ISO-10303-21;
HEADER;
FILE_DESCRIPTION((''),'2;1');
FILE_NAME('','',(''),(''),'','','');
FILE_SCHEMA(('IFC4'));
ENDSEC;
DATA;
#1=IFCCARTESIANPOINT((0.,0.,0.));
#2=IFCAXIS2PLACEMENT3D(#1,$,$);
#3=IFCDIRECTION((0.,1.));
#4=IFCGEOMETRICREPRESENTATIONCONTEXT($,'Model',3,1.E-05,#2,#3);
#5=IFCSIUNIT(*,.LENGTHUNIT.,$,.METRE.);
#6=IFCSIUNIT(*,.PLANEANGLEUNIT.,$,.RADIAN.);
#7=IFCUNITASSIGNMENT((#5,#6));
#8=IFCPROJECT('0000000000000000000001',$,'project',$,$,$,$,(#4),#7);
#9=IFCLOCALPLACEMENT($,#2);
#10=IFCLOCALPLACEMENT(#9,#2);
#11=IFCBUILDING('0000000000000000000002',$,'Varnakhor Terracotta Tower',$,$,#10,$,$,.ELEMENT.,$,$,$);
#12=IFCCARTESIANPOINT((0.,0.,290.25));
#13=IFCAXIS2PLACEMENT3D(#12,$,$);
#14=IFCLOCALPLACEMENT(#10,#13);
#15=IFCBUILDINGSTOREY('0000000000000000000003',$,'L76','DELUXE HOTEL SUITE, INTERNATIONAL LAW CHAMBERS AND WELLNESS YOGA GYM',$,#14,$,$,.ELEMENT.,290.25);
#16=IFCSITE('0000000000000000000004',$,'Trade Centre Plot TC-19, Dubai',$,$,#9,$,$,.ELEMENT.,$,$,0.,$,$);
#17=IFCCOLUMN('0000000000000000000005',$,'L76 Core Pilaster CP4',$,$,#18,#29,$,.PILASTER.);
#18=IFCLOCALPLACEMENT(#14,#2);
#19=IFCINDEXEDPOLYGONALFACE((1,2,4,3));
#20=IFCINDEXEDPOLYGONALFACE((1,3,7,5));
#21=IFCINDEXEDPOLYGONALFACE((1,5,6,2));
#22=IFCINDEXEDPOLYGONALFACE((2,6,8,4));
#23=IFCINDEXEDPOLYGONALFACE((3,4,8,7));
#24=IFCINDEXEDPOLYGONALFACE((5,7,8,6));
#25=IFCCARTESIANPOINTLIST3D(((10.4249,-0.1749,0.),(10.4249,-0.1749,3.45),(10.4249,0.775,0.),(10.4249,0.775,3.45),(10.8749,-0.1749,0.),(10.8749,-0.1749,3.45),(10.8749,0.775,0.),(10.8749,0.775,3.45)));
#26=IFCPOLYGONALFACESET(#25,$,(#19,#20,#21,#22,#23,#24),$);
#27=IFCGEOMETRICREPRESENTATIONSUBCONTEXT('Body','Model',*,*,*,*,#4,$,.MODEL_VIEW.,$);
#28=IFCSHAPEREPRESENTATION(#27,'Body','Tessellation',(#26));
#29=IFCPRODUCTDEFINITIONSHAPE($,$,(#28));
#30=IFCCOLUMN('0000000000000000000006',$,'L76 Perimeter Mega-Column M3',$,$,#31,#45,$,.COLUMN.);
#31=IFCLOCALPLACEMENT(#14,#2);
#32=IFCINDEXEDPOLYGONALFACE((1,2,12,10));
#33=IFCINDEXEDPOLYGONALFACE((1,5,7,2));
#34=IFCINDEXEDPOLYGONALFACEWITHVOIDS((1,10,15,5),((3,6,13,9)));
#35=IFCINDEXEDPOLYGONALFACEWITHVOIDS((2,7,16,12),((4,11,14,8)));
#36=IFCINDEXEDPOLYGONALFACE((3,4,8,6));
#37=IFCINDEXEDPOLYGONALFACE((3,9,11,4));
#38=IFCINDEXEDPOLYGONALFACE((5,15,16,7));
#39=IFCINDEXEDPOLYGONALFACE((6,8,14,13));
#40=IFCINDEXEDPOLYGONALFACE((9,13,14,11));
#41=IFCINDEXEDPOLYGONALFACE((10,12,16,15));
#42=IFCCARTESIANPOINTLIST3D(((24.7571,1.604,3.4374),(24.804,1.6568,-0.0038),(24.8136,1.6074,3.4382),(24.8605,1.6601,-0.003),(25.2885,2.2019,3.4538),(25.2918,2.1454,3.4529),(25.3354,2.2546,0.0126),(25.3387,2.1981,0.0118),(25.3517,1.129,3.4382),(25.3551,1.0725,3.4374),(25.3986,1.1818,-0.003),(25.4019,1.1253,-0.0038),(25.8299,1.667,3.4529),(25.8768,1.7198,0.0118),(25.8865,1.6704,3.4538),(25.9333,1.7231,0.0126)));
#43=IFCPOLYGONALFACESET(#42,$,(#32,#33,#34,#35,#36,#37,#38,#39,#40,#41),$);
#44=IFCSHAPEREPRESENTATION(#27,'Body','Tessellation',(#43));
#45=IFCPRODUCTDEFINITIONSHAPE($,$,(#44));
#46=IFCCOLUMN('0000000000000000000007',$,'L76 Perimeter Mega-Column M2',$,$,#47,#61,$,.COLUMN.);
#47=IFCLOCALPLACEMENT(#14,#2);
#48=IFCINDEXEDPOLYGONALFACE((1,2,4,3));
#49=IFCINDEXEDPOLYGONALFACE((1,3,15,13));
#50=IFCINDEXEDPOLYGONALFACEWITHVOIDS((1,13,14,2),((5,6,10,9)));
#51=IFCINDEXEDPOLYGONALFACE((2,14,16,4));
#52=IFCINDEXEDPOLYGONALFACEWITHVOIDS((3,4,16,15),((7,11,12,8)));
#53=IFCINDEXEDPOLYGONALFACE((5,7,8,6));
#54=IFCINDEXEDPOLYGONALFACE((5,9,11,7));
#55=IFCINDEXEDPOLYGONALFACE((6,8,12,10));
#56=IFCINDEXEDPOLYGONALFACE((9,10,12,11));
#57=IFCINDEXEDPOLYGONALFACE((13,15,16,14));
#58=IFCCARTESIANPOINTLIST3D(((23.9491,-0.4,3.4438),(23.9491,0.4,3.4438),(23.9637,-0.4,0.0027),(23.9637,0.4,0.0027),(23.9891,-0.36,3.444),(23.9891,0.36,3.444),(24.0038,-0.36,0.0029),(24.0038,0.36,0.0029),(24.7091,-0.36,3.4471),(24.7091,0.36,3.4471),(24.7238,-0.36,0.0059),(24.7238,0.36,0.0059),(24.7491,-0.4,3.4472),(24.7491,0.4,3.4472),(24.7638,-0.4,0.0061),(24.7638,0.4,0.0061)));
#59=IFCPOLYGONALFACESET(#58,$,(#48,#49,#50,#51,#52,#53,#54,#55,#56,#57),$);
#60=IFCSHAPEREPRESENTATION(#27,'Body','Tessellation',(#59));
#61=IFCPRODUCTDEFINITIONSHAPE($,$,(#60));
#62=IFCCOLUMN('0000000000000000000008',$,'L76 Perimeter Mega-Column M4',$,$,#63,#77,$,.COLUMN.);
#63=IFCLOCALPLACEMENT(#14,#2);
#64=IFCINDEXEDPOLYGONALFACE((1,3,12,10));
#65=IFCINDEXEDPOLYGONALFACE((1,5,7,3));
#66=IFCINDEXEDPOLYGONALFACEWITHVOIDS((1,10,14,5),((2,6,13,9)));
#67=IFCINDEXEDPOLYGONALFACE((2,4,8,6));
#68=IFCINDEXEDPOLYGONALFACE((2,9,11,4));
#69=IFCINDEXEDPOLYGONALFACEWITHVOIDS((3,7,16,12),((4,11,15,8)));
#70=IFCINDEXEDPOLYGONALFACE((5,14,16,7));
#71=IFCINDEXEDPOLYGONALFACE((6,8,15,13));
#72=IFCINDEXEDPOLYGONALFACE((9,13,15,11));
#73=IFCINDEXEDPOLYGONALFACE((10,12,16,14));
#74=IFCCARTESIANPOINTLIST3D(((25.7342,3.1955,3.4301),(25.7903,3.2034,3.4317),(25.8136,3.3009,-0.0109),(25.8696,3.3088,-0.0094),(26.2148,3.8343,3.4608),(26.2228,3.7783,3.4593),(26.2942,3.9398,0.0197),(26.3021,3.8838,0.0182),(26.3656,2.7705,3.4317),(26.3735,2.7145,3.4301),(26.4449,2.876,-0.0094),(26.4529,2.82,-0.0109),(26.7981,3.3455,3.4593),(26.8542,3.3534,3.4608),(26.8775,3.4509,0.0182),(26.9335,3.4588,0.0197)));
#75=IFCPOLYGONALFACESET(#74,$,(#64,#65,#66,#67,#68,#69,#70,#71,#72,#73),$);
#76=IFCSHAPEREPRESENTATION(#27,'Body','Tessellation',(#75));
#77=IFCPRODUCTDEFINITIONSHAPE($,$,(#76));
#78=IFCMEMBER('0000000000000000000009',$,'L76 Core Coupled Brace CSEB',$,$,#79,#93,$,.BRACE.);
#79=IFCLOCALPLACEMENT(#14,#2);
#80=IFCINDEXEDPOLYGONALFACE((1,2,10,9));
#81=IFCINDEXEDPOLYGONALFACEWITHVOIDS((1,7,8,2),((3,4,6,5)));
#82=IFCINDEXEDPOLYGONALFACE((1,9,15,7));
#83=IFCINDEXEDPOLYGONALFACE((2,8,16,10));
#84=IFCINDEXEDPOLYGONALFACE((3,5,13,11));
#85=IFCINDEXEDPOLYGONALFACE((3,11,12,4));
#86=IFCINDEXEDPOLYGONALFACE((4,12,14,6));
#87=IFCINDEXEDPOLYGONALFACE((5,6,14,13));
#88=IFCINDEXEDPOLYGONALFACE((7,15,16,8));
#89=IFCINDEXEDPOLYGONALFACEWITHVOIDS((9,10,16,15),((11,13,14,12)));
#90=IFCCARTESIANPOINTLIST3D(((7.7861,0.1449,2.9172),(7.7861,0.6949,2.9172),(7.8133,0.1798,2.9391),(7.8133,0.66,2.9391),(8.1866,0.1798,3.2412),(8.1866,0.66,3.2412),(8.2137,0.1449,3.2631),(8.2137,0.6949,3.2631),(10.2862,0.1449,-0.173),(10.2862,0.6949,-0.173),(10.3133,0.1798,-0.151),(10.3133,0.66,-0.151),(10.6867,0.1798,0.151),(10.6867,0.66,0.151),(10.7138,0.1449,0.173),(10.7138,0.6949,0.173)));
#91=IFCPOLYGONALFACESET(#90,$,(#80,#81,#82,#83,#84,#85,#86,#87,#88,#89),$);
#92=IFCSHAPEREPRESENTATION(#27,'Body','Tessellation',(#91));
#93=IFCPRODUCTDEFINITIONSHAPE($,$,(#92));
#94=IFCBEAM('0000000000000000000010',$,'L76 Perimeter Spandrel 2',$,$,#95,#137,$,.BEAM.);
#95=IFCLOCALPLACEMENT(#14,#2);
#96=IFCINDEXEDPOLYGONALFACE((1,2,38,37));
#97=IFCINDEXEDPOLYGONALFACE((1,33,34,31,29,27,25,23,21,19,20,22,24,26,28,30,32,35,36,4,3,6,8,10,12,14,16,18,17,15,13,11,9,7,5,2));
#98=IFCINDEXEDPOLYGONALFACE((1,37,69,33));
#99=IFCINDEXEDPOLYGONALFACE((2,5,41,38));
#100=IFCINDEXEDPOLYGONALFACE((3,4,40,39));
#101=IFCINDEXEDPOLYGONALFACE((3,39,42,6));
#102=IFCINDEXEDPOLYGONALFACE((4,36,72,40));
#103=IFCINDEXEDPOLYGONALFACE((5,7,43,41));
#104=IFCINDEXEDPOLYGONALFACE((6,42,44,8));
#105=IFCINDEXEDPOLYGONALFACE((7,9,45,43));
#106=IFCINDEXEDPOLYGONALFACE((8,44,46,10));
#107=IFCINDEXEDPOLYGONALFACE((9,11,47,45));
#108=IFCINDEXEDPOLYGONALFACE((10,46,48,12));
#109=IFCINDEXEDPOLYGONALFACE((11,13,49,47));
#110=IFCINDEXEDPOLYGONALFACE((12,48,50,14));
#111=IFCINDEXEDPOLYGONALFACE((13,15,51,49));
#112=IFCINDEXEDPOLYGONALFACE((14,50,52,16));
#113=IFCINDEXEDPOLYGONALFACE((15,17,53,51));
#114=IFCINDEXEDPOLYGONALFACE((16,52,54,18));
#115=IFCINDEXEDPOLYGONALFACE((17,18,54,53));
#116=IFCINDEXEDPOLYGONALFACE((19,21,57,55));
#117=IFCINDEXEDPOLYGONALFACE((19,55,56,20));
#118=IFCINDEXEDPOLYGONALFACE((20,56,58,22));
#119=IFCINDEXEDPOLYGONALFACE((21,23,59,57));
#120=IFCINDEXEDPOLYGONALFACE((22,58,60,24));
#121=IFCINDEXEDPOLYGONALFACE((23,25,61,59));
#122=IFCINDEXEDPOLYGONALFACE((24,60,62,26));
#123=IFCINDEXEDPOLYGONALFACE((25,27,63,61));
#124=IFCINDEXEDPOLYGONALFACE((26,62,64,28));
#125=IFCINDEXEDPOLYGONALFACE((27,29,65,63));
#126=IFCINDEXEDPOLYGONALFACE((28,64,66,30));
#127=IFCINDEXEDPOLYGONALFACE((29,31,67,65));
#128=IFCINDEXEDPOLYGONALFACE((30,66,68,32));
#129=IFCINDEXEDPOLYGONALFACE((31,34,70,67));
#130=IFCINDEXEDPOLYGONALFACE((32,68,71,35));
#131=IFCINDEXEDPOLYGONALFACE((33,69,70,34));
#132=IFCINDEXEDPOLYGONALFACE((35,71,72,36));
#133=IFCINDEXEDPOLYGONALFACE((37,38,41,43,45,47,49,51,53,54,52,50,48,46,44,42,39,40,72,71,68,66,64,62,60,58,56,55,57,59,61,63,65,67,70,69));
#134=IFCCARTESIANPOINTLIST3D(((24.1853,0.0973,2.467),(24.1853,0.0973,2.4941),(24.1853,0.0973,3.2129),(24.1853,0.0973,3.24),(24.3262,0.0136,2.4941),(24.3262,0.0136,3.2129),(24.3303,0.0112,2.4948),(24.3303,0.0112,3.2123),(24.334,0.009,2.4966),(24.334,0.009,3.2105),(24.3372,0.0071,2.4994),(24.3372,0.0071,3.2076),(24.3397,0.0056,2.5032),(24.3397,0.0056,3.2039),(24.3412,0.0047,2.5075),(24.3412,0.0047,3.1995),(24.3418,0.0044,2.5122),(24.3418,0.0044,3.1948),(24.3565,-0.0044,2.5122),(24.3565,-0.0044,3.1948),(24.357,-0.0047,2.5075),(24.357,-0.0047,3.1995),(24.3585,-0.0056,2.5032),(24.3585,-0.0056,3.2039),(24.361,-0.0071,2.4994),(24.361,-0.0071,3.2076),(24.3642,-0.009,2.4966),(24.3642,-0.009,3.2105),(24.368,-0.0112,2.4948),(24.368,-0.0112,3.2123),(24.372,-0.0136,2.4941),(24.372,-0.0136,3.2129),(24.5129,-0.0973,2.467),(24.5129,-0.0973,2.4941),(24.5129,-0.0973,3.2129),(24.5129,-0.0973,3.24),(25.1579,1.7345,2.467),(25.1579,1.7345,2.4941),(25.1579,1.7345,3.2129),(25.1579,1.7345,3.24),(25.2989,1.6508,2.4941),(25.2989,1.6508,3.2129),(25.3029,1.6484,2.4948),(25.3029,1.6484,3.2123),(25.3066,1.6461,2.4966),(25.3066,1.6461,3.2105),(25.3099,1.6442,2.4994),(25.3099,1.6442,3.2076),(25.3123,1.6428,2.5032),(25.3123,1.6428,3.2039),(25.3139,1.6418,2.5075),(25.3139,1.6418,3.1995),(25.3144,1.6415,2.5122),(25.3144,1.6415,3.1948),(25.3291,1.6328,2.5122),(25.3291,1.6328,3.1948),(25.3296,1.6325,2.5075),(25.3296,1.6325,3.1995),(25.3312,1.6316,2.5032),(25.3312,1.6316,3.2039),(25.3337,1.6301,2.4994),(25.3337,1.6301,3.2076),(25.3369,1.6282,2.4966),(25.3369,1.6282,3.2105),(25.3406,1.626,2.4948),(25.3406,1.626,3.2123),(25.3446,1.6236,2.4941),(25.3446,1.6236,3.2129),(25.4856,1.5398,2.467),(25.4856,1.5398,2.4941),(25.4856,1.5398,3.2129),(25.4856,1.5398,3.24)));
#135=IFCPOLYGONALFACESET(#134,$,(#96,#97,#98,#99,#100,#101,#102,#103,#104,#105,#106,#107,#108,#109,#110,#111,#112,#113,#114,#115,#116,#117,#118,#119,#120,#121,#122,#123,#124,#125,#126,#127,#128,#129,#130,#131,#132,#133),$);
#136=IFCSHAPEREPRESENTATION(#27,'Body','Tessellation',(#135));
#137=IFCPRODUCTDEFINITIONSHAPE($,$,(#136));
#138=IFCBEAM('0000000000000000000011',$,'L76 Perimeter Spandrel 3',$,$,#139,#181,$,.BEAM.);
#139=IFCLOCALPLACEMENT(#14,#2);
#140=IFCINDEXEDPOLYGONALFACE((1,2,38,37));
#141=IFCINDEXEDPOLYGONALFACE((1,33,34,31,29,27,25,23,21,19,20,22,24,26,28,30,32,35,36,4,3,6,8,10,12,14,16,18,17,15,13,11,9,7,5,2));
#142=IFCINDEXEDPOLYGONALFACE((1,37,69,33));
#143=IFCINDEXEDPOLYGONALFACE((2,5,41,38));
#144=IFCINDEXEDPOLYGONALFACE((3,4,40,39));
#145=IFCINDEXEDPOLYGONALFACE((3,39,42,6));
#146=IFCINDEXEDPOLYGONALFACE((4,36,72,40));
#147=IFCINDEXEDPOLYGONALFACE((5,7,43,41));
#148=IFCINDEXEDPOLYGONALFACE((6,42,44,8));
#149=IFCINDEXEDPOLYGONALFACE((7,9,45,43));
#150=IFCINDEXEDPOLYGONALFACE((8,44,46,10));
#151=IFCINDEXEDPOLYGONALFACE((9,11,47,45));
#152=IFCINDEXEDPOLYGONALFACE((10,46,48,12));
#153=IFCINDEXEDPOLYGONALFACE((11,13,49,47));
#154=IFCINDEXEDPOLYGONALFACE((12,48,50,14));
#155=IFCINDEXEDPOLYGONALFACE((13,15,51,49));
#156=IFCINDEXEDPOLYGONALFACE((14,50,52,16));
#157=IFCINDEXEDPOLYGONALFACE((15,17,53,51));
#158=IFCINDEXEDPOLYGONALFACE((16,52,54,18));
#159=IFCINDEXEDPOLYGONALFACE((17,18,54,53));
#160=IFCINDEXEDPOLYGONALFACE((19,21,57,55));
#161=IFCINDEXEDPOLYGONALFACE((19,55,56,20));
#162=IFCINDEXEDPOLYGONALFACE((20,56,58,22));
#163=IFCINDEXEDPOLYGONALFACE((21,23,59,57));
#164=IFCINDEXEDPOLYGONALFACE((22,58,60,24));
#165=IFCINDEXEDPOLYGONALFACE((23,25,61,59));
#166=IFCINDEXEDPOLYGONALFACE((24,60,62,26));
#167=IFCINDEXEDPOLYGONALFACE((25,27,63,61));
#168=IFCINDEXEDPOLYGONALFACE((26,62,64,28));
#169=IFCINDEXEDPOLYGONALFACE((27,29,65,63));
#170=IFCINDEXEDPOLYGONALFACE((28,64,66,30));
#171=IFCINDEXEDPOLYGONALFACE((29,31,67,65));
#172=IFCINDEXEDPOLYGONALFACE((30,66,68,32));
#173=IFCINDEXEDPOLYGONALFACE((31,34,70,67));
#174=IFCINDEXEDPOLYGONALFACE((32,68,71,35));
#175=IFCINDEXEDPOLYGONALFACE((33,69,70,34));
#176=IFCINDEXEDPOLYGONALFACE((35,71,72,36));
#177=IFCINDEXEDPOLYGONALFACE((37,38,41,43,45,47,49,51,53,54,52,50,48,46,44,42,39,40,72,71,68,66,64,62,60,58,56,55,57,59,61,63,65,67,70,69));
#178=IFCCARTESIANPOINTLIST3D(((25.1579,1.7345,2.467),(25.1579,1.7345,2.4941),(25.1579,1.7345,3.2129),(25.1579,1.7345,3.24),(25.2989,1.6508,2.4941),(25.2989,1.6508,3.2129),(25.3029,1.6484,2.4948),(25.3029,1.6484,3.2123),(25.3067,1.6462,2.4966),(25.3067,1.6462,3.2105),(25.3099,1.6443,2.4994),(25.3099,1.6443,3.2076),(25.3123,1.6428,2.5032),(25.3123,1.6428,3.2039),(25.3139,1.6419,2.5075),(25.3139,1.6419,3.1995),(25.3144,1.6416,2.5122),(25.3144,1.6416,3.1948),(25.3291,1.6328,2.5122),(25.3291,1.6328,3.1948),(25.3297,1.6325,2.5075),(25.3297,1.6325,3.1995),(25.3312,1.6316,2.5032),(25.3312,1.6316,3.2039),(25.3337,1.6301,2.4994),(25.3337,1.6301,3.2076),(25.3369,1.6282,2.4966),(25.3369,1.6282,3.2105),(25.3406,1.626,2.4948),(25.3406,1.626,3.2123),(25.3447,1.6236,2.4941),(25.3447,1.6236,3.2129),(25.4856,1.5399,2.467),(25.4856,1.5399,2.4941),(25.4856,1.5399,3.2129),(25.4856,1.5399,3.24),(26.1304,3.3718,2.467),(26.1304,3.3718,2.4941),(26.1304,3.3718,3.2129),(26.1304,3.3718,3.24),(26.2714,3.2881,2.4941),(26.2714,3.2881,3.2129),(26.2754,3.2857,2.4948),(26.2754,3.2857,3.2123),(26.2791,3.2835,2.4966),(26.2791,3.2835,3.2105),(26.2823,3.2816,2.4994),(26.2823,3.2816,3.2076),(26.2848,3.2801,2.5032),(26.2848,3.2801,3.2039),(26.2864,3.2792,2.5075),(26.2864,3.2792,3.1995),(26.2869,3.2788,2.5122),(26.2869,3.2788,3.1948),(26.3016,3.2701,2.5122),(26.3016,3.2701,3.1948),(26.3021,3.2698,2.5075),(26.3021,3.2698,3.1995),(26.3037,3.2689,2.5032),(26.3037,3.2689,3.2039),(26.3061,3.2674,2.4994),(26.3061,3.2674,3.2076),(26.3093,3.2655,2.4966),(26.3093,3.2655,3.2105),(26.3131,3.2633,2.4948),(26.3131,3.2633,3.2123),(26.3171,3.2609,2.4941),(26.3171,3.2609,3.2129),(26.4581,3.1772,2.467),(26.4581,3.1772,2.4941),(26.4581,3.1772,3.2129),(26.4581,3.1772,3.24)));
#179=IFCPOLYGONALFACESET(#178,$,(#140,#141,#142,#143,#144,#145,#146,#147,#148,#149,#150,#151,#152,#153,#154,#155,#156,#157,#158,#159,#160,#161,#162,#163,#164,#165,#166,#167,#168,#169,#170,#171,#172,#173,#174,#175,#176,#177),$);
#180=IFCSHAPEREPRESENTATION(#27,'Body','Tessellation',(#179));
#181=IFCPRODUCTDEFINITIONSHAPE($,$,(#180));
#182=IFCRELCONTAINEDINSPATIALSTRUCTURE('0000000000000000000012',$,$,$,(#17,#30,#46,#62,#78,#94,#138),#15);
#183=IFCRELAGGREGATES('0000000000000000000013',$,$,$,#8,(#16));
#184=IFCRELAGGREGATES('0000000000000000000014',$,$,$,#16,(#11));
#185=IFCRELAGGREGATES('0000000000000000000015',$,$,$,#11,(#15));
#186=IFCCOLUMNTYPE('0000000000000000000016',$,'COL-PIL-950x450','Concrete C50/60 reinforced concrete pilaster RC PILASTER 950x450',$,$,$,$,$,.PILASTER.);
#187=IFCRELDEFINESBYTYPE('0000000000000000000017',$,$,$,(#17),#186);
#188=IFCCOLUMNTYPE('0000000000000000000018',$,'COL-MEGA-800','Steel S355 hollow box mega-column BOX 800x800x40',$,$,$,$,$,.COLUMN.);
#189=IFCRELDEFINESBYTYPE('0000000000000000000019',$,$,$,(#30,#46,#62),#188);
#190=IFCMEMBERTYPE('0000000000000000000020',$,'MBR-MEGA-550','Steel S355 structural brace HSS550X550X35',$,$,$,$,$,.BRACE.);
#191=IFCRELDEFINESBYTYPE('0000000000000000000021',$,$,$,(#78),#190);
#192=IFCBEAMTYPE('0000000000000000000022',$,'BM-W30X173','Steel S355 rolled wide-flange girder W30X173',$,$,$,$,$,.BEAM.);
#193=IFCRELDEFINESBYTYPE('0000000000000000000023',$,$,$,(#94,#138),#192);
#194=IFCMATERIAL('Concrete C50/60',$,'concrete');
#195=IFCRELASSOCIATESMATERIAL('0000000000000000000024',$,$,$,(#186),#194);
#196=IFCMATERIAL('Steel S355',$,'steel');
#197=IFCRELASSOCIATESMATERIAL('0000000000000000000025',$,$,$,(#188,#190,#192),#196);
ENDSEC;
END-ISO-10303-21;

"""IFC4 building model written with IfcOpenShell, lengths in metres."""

from ifc_helpers import new_model, si_unit, direction, frame, origin, origin_2d, place, context, subcontext, project, spatial, rectangle, hollow_rectangle, i_section, extrude, source, transform, mapped, material, material_profile, profile_set, type_object, element, save


model = new_model("IFC4")

# Units and contexts
model_context = context("Model", 3, precision=1e-05, world=origin(), true_north=direction((0.0, 1.0)))
body_context = subcontext(model_context, "Body", "Model", "MODEL_VIEW")
ifc_project = project(units=[si_unit("LENGTHUNIT", "METRE"), si_unit("PLANEANGLEUNIT", "RADIAN")], contexts=[model_context])

# Site, building, storey
site_placement = place(None, origin())
site = spatial("IfcSite", under=ifc_project, at=site_placement, Name="Trade Centre Plot TC-19, Dubai", CompositionType="ELEMENT", RefElevation=0.0)
building_placement = place(site_placement, origin())
building = spatial("IfcBuilding", under=site, at=building_placement, Name="Varnakhor Terracotta Tower", CompositionType="ELEMENT")
storey_placement = place(building_placement, frame((0.0, 0.0, 290.25)))
storey = spatial("IfcBuildingStorey", under=building, at=storey_placement, Name="L76", Description="DELUXE HOTEL SUITE, INTERNATIONAL LAW CHAMBERS AND WELLNESS YOGA GYM", CompositionType="ELEMENT", Elevation=290.25)

# Columns
ifc_material_1 = material(Name="Concrete C50/60", Category="concrete")
ifc_material_profile_1 = material_profile(ifc_material_1, rectangle(XDim=0.45, YDim=0.95, at=origin_2d()), Name="RC PILASTER 950x450")
ifc_profile_set_1 = profile_set([ifc_material_profile_1], Name="Concrete C50/60")
column_type_1 = type_object("IfcColumnType", Name="COL-PIL-950x450", Description="Concrete C50/60 reinforced concrete pilaster RC PILASTER 950x450", PredefinedType="PILASTER", material=ifc_profile_set_1)
shared_shape_1 = source(origin(), body_context, "Body", "SweptSolid", [
    extrude(rectangle(XDim=0.45, YDim=0.95, at=origin_2d()), origin(), (0.0, 0.0, 1.0), 3.45),
])
column_1_placement = place(storey_placement, frame((10.6499, 0.3, 0.0), z_axis=(0.0, 0.0, 1.0), x_axis=(1.0, 0.0, 0.0)))
element("IfcColumn", 1, at=column_1_placement, inside=storey, type_object=column_type_1, Name="L76 Core Pilaster CP4", PredefinedType="PILASTER", context=body_context, shape_type="MappedRepresentation", body=[
    mapped(shared_shape_1, transform((0.0, 0.0, 0.0), scale=1.0)),
])
ifc_material_2 = material(Name="Steel S355", Category="steel")
ifc_material_profile_2 = material_profile(ifc_material_2, hollow_rectangle(XDim=0.8, YDim=0.8, WallThickness=0.04, at=origin_2d()), Name="BOX 800x800x40")
ifc_profile_set_2 = profile_set([ifc_material_profile_2], Name="Steel S355")
column_type_2 = type_object("IfcColumnType", Name="COL-MEGA-800", Description="Steel S355 hollow box mega-column BOX 800x800x40", PredefinedType="COLUMN", material=ifc_profile_set_2)
shared_shape_2 = source(origin(), body_context, "Body", "SweptSolid", [
    extrude(hollow_rectangle(XDim=0.8, YDim=0.8, WallThickness=0.04, at=origin_2d()), origin(), (0.0, 0.0, 1.0), 3.4419),
])
column_2_placement = place(storey_placement, frame((25.3687, 1.6899, 0.0044), z_axis=(-0.013619, -0.015321, 0.99979), x_axis=(0.747409, -0.664364, 0.0)))
element("IfcColumn", 2, at=column_2_placement, inside=storey, type_object=column_type_2, Name="L76 Perimeter Mega-Column M3", PredefinedType="COLUMN", context=body_context, shape_type="MappedRepresentation", body=[
    mapped(shared_shape_2, transform((0.0, 0.0, 0.0), scale=1.0)),
])
shared_shape_3 = source(origin(), body_context, "Body", "SweptSolid", [
    extrude(hollow_rectangle(XDim=0.8, YDim=0.8, WallThickness=0.04, at=origin_2d()), origin(), (0.0, 0.0, 1.0), 3.4412),
])
column_3_placement = place(storey_placement, frame((24.3638, 0.0, 0.0044), z_axis=(-0.004257, 0.0, 0.999991), x_axis=(0.0, -1.0, 0.0)))
element("IfcColumn", 3, at=column_3_placement, inside=storey, type_object=column_type_2, Name="L76 Perimeter Mega-Column M2", PredefinedType="COLUMN", context=body_context, shape_type="MappedRepresentation", body=[
    mapped(shared_shape_3, transform((0.0, 0.0, 0.0), scale=1.0)),
])
shared_shape_4 = source(origin(), body_context, "Body", "SweptSolid", [
    extrude(hollow_rectangle(XDim=0.8, YDim=0.8, WallThickness=0.04, at=origin_2d()), origin(), (0.0, 0.0, 1.0), 3.4436),
])
column_4_placement = place(storey_placement, frame((26.3735, 3.3799, 0.0044), z_axis=(-0.023041, -0.030627, 0.999265), x_axis=(0.799111, -0.601183, 0.0)))
element("IfcColumn", 4, at=column_4_placement, inside=storey, type_object=column_type_2, Name="L76 Perimeter Mega-Column M4", PredefinedType="COLUMN", context=body_context, shape_type="MappedRepresentation", body=[
    mapped(shared_shape_4, transform((0.0, 0.0, 0.0), scale=1.0)),
])

# Member
ifc_material_profile_3 = material_profile(ifc_material_2, hollow_rectangle(XDim=0.55, YDim=0.55, WallThickness=0.0349, at=origin_2d()), Name="HSS550X550X35")
ifc_profile_set_3 = profile_set([ifc_material_profile_3], Name="Steel S355")
member_type_1 = type_object("IfcMemberType", Name="MBR-MEGA-550", Description="Steel S355 structural brace HSS550X550X35", PredefinedType="BRACE", material=ifc_profile_set_3)
shared_shape_5 = source(origin(), body_context, "Body", "SweptSolid", [
    extrude(hollow_rectangle(XDim=0.55, YDim=0.55, WallThickness=0.0349, at=origin_2d()), origin(), (0.0, 0.0, 1.0), 3.9749),
])
member_1_placement = place(storey_placement, frame((10.5, 0.4199, 0.0), z_axis=(-0.62897, 0.0, 0.777429), x_axis=(0.0, -1.0, 0.0)))
element("IfcMember", 5, at=member_1_placement, inside=storey, type_object=member_type_1, Name="L76 Core Coupled Brace CSEB", PredefinedType="BRACE", context=body_context, shape_type="MappedRepresentation", body=[
    mapped(shared_shape_5, transform((0.0, 0.0, 0.0), scale=1.0)),
])

# Beams
ifc_material_profile_4 = material_profile(ifc_material_2, i_section(OverallWidth=0.3811, OverallDepth=0.7729, WebThickness=0.0171, FlangeThickness=0.0271, FilletRadius=0.0181, at=origin_2d()), Name="W30X173")
ifc_profile_set_4 = profile_set([ifc_material_profile_4], Name="Steel S355")
beam_type_1 = type_object("IfcBeamType", Name="BM-W30X173", Description="Steel S355 rolled wide-flange girder W30X173", PredefinedType="BEAM", material=ifc_profile_set_4)
shared_shape_6 = source(origin(), body_context, "Body", "SweptSolid", [
    extrude(i_section(OverallWidth=0.3811, OverallDepth=0.7729, WebThickness=0.0171, FlangeThickness=0.0271, FilletRadius=0.0181, at=origin_2d()), origin(), (0.0, 0.0, 1.0), 1.9043),
])
for number, where, z_axis, x_axis, name in (
    (6, (24.3491, 0.0, 2.8535), (0.510758, 0.859725, 0.0), (-0.859725, 0.510758, 0.0), "L76 Perimeter Spandrel 2"),
    (7, (25.3218, 1.6372, 2.8535), (0.510663, 0.859781, 0.0), (-0.859781, 0.510663, 0.0), "L76 Perimeter Spandrel 3"),
):
    element("IfcBeam", number, at=place(storey_placement, frame(where, z_axis=z_axis, x_axis=x_axis)), inside=storey, type_object=beam_type_1, Name=name, PredefinedType="BEAM", context=body_context, shape_type="MappedRepresentation", body=[
        mapped(shared_shape_6, transform((0.0, 0.0, 0.0), scale=1.0)),
    ])

save(model, "model.ifc")
